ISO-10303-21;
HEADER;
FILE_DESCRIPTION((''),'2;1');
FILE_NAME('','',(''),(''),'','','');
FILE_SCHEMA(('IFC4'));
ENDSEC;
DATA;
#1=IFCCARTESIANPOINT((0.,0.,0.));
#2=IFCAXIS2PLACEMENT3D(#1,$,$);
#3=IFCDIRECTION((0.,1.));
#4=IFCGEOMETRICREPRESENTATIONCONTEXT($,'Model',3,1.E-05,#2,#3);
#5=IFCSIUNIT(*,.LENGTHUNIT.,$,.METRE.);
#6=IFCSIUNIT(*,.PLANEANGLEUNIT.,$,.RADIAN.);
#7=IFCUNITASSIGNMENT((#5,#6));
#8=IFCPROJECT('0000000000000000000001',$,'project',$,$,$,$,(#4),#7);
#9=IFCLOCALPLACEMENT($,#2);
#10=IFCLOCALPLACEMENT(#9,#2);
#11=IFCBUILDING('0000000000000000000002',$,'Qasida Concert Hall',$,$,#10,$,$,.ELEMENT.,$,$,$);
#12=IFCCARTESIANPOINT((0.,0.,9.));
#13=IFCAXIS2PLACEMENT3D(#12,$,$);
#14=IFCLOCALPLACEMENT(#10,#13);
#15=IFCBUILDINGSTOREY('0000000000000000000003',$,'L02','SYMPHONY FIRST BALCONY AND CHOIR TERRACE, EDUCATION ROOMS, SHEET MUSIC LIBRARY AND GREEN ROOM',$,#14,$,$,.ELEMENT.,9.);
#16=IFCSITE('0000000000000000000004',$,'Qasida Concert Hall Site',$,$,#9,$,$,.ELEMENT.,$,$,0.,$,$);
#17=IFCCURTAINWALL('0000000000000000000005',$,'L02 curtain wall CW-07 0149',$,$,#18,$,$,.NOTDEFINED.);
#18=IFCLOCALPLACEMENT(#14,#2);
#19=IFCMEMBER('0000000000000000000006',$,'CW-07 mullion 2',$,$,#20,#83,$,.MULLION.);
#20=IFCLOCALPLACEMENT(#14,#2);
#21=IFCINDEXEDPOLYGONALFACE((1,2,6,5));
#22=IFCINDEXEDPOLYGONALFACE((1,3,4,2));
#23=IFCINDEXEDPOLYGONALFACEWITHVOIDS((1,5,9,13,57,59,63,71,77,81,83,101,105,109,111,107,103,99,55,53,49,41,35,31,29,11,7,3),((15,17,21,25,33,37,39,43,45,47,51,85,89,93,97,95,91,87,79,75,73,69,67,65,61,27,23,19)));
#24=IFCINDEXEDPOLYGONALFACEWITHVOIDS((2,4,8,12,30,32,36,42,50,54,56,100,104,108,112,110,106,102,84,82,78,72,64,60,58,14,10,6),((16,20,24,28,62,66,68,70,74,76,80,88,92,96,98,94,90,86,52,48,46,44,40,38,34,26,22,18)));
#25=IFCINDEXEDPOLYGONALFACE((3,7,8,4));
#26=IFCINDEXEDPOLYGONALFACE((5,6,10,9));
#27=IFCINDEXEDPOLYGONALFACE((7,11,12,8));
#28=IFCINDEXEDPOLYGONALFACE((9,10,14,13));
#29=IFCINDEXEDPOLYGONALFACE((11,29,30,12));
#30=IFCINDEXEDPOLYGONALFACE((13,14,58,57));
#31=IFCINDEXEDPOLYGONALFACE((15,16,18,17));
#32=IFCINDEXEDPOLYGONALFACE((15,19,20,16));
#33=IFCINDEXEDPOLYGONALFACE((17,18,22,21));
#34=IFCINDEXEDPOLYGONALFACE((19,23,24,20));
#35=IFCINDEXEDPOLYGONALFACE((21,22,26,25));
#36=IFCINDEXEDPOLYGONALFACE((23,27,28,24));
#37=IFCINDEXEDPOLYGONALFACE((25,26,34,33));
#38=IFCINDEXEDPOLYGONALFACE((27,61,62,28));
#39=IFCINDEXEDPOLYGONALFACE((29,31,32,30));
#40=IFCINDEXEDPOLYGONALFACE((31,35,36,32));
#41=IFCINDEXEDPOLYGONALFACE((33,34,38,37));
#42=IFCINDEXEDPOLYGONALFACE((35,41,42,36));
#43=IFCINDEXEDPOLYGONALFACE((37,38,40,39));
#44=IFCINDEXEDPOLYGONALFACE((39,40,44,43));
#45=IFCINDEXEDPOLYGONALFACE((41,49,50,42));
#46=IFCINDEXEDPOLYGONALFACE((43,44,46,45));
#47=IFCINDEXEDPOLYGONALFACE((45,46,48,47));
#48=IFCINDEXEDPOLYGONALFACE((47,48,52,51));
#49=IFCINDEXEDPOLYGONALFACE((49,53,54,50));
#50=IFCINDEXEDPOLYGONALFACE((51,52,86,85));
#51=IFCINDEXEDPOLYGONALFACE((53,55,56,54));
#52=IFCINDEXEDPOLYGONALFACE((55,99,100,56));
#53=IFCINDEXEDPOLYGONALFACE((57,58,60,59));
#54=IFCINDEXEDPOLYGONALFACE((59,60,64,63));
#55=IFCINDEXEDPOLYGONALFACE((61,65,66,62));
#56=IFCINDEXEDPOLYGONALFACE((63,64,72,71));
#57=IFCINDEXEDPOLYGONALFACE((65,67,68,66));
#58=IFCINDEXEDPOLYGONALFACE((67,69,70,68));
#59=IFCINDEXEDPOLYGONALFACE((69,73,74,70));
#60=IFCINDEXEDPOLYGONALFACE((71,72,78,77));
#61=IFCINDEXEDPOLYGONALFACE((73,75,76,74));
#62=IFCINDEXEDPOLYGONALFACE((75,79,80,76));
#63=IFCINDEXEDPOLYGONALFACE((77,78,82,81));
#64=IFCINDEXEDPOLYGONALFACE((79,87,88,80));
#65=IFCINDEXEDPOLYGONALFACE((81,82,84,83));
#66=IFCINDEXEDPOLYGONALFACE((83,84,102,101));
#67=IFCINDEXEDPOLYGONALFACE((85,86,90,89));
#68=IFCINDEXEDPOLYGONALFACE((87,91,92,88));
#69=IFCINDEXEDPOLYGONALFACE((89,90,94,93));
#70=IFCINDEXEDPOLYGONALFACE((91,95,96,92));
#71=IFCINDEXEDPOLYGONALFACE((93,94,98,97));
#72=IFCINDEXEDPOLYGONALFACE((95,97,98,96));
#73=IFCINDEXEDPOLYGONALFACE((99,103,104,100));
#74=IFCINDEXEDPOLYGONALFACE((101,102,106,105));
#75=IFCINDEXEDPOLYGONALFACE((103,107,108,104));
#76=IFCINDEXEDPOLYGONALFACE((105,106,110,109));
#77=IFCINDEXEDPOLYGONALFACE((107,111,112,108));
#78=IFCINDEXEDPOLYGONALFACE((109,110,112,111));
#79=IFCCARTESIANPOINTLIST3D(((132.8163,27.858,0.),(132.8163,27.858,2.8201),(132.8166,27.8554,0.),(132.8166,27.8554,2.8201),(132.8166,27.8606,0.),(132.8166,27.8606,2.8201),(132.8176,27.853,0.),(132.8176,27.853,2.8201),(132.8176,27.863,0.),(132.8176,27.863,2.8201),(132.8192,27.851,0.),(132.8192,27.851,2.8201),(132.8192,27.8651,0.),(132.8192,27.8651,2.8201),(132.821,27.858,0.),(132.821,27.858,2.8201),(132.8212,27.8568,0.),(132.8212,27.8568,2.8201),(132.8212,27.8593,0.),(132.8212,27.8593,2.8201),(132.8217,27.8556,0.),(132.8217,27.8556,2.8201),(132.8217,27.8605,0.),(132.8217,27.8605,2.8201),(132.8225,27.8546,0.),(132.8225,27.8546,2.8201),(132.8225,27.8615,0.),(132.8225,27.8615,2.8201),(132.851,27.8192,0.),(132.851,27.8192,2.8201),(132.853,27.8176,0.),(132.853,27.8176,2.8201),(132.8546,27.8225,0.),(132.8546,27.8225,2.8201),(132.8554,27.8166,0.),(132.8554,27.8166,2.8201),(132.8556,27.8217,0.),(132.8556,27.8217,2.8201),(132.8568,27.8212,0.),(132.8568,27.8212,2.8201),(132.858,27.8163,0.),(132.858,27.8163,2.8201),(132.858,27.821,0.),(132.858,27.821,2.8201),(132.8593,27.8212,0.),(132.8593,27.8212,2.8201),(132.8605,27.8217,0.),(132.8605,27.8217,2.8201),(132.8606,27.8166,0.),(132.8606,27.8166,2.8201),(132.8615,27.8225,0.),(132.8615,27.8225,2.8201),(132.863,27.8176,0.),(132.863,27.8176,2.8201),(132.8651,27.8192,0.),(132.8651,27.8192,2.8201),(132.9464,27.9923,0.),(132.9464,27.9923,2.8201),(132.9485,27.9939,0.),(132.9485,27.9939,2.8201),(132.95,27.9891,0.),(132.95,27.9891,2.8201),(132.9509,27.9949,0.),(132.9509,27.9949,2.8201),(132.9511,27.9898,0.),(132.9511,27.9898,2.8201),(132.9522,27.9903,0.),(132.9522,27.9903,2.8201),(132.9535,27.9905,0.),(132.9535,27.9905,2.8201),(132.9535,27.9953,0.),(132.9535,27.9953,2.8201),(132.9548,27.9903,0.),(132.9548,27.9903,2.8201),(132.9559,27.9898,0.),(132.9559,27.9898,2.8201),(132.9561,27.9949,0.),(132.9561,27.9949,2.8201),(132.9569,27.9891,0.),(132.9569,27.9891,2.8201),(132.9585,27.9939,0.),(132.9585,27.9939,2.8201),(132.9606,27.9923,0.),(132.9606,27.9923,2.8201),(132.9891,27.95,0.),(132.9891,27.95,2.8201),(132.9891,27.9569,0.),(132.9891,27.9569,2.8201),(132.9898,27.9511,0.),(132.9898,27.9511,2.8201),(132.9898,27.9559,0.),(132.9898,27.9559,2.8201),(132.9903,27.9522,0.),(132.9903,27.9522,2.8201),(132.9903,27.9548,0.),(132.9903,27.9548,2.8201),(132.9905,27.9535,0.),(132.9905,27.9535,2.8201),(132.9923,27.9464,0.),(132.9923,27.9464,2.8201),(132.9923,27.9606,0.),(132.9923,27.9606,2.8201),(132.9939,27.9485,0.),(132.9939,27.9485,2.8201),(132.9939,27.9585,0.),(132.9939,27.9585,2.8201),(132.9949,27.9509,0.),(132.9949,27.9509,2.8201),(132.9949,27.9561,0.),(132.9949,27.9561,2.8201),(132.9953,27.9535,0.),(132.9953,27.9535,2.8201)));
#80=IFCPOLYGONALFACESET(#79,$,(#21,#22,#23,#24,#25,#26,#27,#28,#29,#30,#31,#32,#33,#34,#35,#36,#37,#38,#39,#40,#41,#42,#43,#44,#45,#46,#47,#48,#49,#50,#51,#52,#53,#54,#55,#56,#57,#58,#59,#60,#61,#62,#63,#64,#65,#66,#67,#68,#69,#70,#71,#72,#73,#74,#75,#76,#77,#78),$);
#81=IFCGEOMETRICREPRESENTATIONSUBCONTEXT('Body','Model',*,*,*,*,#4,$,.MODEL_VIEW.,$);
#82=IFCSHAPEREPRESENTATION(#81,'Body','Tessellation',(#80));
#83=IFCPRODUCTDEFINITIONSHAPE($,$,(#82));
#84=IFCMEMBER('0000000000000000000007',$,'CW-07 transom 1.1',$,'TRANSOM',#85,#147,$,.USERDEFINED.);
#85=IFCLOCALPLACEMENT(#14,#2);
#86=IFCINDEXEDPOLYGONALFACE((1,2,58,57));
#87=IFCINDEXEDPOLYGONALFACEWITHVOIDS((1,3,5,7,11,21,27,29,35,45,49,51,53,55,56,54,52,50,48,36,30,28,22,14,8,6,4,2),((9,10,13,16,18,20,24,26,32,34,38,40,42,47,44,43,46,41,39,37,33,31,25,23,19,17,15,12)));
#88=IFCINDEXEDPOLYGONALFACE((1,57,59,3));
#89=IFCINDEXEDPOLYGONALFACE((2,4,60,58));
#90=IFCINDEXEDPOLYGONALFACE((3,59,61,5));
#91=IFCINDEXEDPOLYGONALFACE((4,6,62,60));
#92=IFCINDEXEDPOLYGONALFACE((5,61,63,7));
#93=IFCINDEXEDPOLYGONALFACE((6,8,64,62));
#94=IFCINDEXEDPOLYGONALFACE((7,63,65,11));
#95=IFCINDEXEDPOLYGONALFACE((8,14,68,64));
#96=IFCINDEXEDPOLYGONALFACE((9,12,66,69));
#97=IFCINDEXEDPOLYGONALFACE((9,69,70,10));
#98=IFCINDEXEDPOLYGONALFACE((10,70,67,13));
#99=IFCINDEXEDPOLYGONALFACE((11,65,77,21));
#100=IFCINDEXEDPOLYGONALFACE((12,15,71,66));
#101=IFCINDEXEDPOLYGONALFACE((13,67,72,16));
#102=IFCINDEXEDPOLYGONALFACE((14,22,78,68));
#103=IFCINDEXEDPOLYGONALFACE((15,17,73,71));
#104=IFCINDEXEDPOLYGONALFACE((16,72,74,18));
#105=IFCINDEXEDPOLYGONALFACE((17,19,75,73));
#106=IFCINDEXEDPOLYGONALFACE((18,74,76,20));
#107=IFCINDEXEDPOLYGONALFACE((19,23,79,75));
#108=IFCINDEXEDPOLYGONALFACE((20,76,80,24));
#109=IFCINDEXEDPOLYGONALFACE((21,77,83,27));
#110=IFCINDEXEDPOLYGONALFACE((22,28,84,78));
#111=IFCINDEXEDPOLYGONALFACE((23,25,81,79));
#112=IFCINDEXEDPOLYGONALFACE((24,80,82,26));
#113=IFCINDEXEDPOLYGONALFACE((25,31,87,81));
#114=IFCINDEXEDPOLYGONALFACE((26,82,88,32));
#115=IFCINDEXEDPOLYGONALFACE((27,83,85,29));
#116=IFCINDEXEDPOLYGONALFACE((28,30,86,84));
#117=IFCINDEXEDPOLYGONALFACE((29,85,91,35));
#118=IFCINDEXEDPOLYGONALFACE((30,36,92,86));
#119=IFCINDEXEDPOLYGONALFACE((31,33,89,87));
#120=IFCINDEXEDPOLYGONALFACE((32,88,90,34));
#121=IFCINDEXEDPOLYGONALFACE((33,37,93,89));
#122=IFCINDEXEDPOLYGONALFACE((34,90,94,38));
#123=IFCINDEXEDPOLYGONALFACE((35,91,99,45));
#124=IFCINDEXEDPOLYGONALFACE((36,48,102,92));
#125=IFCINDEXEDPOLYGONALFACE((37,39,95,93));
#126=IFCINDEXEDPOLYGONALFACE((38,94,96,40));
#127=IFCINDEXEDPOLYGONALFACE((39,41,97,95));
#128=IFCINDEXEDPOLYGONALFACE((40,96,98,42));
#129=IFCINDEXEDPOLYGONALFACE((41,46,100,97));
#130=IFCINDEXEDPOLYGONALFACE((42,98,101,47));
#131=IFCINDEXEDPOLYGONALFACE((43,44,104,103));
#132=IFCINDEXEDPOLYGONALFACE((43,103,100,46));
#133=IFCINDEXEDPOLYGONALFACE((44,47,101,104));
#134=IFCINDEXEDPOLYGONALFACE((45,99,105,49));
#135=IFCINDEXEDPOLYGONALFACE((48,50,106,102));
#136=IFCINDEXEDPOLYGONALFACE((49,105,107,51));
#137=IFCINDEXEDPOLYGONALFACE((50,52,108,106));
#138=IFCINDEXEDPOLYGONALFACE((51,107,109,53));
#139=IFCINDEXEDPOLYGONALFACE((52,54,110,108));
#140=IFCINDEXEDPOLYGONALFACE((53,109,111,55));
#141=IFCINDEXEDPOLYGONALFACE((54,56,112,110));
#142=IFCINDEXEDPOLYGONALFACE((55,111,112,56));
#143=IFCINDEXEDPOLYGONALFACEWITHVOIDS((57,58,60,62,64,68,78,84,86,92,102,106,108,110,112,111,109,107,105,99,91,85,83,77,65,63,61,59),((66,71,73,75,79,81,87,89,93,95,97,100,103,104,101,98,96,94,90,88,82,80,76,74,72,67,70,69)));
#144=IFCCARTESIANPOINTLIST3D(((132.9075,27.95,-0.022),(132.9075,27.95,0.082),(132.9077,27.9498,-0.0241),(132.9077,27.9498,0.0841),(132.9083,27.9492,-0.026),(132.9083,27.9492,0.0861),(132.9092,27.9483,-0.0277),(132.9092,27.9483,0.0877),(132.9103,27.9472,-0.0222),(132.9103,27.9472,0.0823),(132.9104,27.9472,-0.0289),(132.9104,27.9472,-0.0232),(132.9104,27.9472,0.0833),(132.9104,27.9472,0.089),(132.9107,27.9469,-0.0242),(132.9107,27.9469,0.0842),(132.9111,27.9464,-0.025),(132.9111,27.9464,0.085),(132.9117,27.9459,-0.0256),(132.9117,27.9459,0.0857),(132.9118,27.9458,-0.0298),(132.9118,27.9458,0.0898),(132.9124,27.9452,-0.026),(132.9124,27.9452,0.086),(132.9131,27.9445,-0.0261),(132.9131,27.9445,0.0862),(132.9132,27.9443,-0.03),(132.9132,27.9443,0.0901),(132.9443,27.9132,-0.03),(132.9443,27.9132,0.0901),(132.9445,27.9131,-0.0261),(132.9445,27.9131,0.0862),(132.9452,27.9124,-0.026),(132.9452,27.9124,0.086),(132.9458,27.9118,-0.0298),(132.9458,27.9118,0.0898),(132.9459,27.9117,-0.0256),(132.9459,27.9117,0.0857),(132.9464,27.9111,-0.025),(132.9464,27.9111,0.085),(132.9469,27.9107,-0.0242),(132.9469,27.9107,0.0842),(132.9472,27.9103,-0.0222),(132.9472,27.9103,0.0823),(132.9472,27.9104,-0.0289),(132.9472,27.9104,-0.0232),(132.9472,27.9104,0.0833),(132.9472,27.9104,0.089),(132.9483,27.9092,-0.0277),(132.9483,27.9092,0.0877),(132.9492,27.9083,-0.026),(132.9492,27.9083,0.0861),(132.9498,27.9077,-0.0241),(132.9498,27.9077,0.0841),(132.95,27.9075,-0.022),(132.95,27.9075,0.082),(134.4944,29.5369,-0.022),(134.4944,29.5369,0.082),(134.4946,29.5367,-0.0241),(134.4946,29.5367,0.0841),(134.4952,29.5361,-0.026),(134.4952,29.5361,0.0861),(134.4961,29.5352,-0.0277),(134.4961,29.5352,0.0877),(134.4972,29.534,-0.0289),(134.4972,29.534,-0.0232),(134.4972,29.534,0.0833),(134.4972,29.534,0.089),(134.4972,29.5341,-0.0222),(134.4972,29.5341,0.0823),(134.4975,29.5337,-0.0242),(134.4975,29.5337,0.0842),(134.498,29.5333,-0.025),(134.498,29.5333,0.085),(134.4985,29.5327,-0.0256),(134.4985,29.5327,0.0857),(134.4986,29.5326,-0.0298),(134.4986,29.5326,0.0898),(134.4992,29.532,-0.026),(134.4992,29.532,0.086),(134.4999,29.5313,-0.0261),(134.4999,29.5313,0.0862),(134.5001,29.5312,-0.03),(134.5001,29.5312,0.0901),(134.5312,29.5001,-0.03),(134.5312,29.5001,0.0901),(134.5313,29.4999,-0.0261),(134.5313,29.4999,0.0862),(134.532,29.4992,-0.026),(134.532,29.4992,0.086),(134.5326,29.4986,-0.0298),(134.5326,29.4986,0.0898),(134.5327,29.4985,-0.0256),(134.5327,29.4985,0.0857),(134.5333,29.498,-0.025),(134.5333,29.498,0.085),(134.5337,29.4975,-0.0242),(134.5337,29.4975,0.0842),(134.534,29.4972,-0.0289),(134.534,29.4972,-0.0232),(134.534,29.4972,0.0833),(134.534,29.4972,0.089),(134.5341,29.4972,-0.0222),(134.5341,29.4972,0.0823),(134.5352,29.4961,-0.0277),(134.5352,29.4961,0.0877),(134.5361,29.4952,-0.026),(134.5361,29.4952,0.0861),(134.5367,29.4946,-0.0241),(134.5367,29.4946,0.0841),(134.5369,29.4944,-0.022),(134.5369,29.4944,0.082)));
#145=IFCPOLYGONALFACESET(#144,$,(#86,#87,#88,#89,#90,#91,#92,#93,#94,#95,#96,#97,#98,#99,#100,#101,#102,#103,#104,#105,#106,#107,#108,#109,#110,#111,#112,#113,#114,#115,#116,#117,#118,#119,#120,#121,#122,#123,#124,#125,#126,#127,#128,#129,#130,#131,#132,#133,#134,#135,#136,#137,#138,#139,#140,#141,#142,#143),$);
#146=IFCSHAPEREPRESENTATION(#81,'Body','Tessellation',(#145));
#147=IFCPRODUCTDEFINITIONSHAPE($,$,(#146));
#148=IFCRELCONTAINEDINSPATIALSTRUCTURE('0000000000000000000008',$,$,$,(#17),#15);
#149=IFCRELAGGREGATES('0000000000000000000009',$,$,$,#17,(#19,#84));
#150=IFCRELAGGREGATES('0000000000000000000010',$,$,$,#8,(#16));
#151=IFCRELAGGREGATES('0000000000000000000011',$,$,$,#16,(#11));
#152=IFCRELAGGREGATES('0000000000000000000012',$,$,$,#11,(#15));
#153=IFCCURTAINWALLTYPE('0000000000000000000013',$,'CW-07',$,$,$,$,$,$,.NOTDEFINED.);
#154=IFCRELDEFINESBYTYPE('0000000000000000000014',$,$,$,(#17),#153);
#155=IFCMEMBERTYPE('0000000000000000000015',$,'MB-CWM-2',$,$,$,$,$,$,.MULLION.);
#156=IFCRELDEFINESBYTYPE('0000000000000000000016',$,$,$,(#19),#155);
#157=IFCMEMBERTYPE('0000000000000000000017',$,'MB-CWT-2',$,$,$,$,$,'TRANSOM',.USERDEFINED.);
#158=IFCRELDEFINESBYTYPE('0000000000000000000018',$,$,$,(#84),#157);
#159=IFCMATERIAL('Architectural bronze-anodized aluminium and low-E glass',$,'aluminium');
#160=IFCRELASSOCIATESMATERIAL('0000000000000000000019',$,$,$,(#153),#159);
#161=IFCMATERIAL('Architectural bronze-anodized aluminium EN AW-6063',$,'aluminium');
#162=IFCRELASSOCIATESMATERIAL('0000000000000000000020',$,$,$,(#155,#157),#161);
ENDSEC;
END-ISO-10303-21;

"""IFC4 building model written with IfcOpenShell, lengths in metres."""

from ifc_helpers import new_model, si_unit, direction, frame, origin, origin_2d, place, context, subcontext, project, spatial, hollow_rectangle, extrude, material, material_profile, profile_set, type_object, element, aggregate, save


model = new_model("IFC4")

# Units and contexts
model_context = context("Model", 3, precision=1e-05, world=origin(), true_north=direction((0.0, 1.0)))
body_context = subcontext(model_context, "Body", "Model", "MODEL_VIEW")
ifc_project = project(units=[si_unit("LENGTHUNIT", "METRE"), si_unit("PLANEANGLEUNIT", "RADIAN")], contexts=[model_context])

# Site, building, storey
site_placement = place(None, origin())
site = spatial("IfcSite", under=ifc_project, at=site_placement, Name="Qasida Concert Hall Site", CompositionType="ELEMENT", RefElevation=0.0)
building_placement = place(site_placement, origin())
building = spatial("IfcBuilding", under=site, at=building_placement, Name="Qasida Concert Hall", CompositionType="ELEMENT")
storey_placement = place(building_placement, frame((0.0, 0.0, 9.0)))
storey = spatial("IfcBuildingStorey", under=building, at=storey_placement, Name="L02", Description="SYMPHONY FIRST BALCONY AND CHOIR TERRACE, EDUCATION ROOMS, SHEET MUSIC LIBRARY AND GREEN ROOM", CompositionType="ELEMENT", Elevation=9.0)

# Curtain wall, members
ifc_material_1 = material(Name="Architectural bronze-anodized aluminium and low-E glass", Category="aluminium")
curtain_wall_type = type_object("IfcCurtainWallType", Name="CW-07", PredefinedType="NOTDEFINED", material=ifc_material_1)
curtain_wall_placement = place(storey_placement, origin())
curtain_wall = element("IfcCurtainWall", 1, at=curtain_wall_placement, inside=storey, type_object=curtain_wall_type, Name="L02 curtain wall CW-07 0149", PredefinedType="NOTDEFINED")
ifc_material_2 = material(Name="Architectural bronze-anodized aluminium EN AW-6063", Category="aluminium")
ifc_material_profile_1 = material_profile(ifc_material_2, hollow_rectangle(XDim=0.0649, YDim=0.2, WallThickness=0.0049, InnerFilletRadius=0.0049, OuterFilletRadius=0.01, at=origin_2d()), Name="CWM 200x65x5")
ifc_profile_set_1 = profile_set([ifc_material_profile_1], Name="Architectural bronze-anodized aluminium EN AW-6063")
member_type_1 = type_object("IfcMemberType", Name="MB-CWM-2", PredefinedType="MULLION", material=ifc_profile_set_1)
member_1_placement = place(storey_placement, frame((132.9058, 27.9058, 0.0), z_axis=(0.0, 0.0, 1.0), x_axis=(0.707107, -0.707107, 0.0)))
member_1 = element("IfcMember", 2, at=member_1_placement, type_object=member_type_1, Name="CW-07 mullion 2", PredefinedType="MULLION", context=body_context, shape_type="SweptSolid", body=[
    extrude(hollow_rectangle(XDim=0.0649, YDim=0.2, WallThickness=0.0049, InnerFilletRadius=0.0049, OuterFilletRadius=0.01, at=origin_2d()), origin(), (0.0, 0.0, 1.0), 2.8201),
])
ifc_material_profile_2 = material_profile(ifc_material_2, hollow_rectangle(XDim=0.0601, YDim=0.1201, WallThickness=0.0039, InnerFilletRadius=0.0039, OuterFilletRadius=0.0081, at=origin_2d()), Name="CWT 120x60x4")
ifc_profile_set_2 = profile_set([ifc_material_profile_2], Name="Architectural bronze-anodized aluminium EN AW-6063")
member_type_2 = type_object("IfcMemberType", Name="MB-CWT-2", ElementType="TRANSOM", PredefinedType="USERDEFINED", material=ifc_profile_set_2)
member_2_placement = place(storey_placement, frame((134.5156, 29.5156, 0.03), z_axis=(-0.707107, -0.707107, 0.0), x_axis=(0.707107, -0.707107, 0.0)))
member_2 = element("IfcMember", 3, at=member_2_placement, type_object=member_type_2, Name="CW-07 transom 1.1", ObjectType="TRANSOM", PredefinedType="USERDEFINED", context=body_context, shape_type="SweptSolid", body=[
    extrude(hollow_rectangle(XDim=0.0601, YDim=0.1201, WallThickness=0.0039, InnerFilletRadius=0.0039, OuterFilletRadius=0.0081, at=origin_2d()), origin(), (0.0, 0.0, 1.0), 2.2441),
])
aggregate(curtain_wall, [member_1, member_2])

save(model, "model.ifc")
